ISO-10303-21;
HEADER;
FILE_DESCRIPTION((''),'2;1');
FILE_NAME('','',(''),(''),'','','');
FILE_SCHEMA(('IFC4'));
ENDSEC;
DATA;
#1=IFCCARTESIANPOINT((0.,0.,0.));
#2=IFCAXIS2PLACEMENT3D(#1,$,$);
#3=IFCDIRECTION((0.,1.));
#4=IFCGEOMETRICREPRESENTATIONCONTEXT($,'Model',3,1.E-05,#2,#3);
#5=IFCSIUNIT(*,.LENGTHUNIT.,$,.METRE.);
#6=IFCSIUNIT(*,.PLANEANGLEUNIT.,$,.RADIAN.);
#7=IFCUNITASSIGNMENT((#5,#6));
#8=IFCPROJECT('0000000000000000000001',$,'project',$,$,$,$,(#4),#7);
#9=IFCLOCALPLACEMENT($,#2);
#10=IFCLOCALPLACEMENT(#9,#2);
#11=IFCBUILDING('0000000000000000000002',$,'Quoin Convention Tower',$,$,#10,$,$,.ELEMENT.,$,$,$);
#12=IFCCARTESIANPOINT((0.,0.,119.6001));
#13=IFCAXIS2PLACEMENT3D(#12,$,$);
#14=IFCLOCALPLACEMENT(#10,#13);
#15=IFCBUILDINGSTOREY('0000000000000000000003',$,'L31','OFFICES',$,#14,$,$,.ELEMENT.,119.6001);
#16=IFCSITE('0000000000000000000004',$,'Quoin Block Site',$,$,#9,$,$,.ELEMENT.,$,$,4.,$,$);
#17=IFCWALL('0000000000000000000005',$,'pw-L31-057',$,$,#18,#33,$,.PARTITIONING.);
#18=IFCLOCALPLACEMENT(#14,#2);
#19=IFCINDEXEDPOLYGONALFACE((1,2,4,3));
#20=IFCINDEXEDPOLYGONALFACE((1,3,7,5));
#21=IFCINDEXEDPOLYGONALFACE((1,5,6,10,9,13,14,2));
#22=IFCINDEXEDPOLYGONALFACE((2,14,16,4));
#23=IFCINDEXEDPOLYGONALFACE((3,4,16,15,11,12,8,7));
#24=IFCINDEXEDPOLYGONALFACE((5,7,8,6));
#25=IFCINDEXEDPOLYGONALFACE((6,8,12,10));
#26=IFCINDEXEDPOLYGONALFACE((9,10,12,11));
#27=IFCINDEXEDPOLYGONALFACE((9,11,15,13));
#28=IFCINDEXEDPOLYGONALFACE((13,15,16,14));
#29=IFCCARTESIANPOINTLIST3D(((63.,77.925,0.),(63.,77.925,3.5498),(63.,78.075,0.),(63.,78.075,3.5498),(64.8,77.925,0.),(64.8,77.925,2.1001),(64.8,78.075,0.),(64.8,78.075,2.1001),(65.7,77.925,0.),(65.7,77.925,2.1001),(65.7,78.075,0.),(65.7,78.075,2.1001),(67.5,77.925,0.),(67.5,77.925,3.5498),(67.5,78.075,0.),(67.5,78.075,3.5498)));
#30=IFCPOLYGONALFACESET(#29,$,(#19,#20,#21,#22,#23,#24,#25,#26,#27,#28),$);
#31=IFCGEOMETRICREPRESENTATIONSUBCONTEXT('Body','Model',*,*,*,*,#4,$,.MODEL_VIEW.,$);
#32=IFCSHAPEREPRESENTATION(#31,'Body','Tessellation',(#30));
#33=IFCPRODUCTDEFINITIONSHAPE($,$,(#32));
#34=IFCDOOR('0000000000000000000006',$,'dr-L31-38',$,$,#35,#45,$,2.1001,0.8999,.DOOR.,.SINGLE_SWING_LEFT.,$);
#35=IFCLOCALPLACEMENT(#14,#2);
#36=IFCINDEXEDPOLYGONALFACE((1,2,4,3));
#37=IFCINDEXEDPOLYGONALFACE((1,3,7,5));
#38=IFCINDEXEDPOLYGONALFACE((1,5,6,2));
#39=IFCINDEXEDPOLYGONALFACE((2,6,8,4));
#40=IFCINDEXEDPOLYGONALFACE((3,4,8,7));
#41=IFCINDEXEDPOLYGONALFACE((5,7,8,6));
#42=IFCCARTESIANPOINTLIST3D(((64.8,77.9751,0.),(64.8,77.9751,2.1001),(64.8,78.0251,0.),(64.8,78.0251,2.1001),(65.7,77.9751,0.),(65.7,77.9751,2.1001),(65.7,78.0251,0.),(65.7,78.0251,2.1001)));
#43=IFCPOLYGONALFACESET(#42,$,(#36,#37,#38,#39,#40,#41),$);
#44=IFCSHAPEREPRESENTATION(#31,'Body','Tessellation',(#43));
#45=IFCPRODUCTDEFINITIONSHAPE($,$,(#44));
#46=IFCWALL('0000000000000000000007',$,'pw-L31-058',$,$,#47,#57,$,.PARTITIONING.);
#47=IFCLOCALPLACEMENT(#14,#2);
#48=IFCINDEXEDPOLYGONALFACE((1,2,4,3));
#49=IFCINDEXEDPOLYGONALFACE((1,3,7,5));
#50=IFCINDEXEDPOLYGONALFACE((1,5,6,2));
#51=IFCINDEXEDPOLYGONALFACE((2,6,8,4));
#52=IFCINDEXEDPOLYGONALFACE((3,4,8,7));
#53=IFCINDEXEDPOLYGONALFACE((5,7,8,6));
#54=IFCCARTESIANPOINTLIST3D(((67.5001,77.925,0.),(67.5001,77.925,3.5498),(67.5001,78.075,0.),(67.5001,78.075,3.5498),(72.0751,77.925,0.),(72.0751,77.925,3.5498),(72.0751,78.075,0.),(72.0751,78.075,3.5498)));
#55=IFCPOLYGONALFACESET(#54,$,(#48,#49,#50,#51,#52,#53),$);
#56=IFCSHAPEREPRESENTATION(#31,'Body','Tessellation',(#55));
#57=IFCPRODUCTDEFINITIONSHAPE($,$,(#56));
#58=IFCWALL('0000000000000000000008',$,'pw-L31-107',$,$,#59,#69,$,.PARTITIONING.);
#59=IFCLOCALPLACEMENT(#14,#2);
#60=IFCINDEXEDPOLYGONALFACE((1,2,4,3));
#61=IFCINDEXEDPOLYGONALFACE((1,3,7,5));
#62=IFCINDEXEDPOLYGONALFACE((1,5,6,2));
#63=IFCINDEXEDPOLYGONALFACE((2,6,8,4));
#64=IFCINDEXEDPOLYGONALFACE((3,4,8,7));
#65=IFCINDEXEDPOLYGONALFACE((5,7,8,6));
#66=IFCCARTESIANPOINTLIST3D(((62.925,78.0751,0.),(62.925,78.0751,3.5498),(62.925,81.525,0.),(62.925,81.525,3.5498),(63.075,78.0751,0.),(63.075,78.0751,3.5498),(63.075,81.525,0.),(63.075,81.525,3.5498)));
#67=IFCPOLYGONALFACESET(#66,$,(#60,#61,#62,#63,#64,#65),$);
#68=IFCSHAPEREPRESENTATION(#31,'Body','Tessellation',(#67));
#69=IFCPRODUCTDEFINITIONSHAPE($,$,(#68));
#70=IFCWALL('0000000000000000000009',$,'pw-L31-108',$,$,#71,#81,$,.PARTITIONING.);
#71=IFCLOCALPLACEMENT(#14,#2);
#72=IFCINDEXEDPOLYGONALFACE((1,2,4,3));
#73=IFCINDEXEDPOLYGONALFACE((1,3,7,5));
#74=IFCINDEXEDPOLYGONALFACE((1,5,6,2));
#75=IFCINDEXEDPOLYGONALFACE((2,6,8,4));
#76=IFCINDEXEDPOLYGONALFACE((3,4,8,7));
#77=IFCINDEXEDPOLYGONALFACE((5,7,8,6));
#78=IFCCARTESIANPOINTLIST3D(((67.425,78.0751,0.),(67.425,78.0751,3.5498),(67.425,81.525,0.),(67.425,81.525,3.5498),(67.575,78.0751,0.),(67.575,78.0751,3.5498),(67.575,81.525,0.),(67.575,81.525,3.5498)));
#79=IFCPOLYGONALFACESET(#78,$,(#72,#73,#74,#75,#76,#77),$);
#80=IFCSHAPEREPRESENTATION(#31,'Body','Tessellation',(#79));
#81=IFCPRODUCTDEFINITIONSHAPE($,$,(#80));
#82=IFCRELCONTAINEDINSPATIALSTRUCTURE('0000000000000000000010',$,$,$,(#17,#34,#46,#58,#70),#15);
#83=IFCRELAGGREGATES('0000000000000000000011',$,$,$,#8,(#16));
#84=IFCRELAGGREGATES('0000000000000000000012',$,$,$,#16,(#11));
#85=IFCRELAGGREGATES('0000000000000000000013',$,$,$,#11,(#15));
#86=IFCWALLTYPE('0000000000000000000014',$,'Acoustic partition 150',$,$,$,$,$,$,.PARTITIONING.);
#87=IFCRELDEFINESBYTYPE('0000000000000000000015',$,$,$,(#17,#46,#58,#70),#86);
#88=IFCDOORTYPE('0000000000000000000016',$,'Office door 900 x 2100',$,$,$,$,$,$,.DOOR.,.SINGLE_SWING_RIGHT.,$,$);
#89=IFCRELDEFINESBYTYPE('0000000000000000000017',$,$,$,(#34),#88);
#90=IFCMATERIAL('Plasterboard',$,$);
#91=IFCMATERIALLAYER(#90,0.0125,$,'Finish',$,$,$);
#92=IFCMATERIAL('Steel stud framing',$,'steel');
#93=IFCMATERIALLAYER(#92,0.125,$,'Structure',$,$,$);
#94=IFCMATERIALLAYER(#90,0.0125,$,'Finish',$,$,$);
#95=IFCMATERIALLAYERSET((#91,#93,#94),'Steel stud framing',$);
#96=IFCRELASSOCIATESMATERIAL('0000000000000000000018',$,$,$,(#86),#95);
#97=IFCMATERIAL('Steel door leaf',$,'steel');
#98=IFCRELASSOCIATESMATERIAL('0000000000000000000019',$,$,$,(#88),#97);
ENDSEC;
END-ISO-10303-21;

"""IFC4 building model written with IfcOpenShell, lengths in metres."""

from ifc_helpers import new_model, si_unit, direction, frame, frame_2d, origin, place, context, subcontext, project, spatial, rectangle, extrude, material, layer, layer_set, type_object, element, fill, save


model = new_model("IFC4")

# Units and contexts
model_context = context("Model", 3, precision=1e-05, world=origin(), true_north=direction((0.0, 1.0)))
body_context = subcontext(model_context, "Body", "Model", "MODEL_VIEW")
ifc_project = project(units=[si_unit("LENGTHUNIT", "METRE"), si_unit("PLANEANGLEUNIT", "RADIAN")], contexts=[model_context])

# Site, building, storey
site_placement = place(None, origin())
site = spatial("IfcSite", under=ifc_project, at=site_placement, Name="Quoin Block Site", CompositionType="ELEMENT", RefElevation=4.0)
building_placement = place(site_placement, origin())
building = spatial("IfcBuilding", under=site, at=building_placement, Name="Quoin Convention Tower", CompositionType="ELEMENT")
storey_placement = place(building_placement, frame((0.0, 0.0, 119.6001)))
storey = spatial("IfcBuildingStorey", under=building, at=storey_placement, Name="L31", Description="OFFICES", CompositionType="ELEMENT", Elevation=119.6001)

# Wall, opening, door
ifc_material_1 = material(Name="Plasterboard")
ifc_layer_1 = layer(ifc_material_1, 0.0125, Name="Finish")
ifc_material_2 = material(Name="Steel stud framing", Category="steel")
ifc_layer_2 = layer(ifc_material_2, 0.125, Name="Structure")
ifc_layer_3 = layer(ifc_material_1, 0.0125, Name="Finish")
ifc_layer_set = layer_set([ifc_layer_1, ifc_layer_2, ifc_layer_3], Name="Steel stud framing")
wall_type = type_object("IfcWallType", Name="Acoustic partition 150", PredefinedType="PARTITIONING", material=ifc_layer_set)
wall_1_placement = place(storey_placement, frame((63.0, 78.0, 0.0), z_axis=(0.0, 0.0, 1.0), x_axis=(1.0, 0.0, 0.0)))
wall_1 = element("IfcWall", 1, at=wall_1_placement, inside=storey, type_object=wall_type, Name="pw-L31-057", PredefinedType="PARTITIONING", context=body_context, shape_type="SweptSolid", body=[
    extrude(rectangle(XDim=4.5, YDim=0.1499, at=frame_2d((2.25, 0.0))), origin(), (0.0, 0.0, 1.0), 3.5498),
])
opening_placement = place(wall_1_placement, frame((1.8, 0.0, 0.0)))
opening = element("IfcOpeningElement", 2, at=opening_placement, cuts=wall_1, PredefinedType="OPENING", context=body_context, shape_type="SweptSolid", body=[
    extrude(rectangle(XDim=0.8999, YDim=2.1001, at=frame_2d((0.45, 1.05))), frame((0.0, 0.085, 0.0), z_axis=(0.0, -1.0, 0.0), x_axis=(1.0, 0.0, 0.0)), (0.0, 0.0, 1.0), 0.1699),
])
ifc_material_3 = material(Name="Steel door leaf", Category="steel")
door_type = type_object("IfcDoorType", Name="Office door 900 x 2100", OperationType="SINGLE_SWING_RIGHT", PredefinedType="DOOR", material=ifc_material_3)
door_placement = place(opening_placement, frame((0.8999, 0.0, 0.0), z_axis=(0.0, 0.0, 1.0), x_axis=(-1.0, 0.0, 0.0)))
door = element("IfcDoor", 3, at=door_placement, inside=storey, type_object=door_type, Name="dr-L31-38", OperationType="SINGLE_SWING_LEFT", OverallHeight=2.1001, OverallWidth=0.8999, PredefinedType="DOOR", context=body_context, shape_type="SweptSolid", body=[
    extrude(rectangle(XDim=0.8999, YDim=2.1001, at=frame_2d((0.45, 1.05))), frame((0.0, 0.0249, 0.0), z_axis=(0.0, -1.0, 0.0), x_axis=(1.0, 0.0, 0.0)), (0.0, 0.0, 1.0), 0.05),
])
fill(opening, door)

# Walls
wall_2_placement = place(storey_placement, frame((67.5, 78.0, 0.0), z_axis=(0.0, 0.0, 1.0), x_axis=(1.0, 0.0, 0.0)))
element("IfcWall", 4, at=wall_2_placement, inside=storey, type_object=wall_type, Name="pw-L31-058", PredefinedType="PARTITIONING", context=body_context, shape_type="SweptSolid", body=[
    extrude(rectangle(XDim=4.575, YDim=0.1499, at=frame_2d((2.2876, 0.0))), origin(), (0.0, 0.0, 1.0), 3.5498),
])
for number, where, z_axis, x_axis, name in (
    (5, (63.0, 78.075, 0.0), (0.0, 0.0, 1.0), (0.0, 1.0, 0.0), "pw-L31-107"),
    (6, (67.5, 78.075, 0.0), (0.0, 0.0, 1.0), (0.0, 1.0, 0.0), "pw-L31-108"),
):
    element("IfcWall", number, at=place(storey_placement, frame(where, z_axis=z_axis, x_axis=x_axis)), inside=storey, type_object=wall_type, Name=name, PredefinedType="PARTITIONING", context=body_context, shape_type="SweptSolid", body=[
        extrude(rectangle(XDim=3.45, YDim=0.1499, at=frame_2d((1.7251, 0.0))), origin(), (0.0, 0.0, 1.0), 3.5498),
    ])

save(model, "model.ifc")
